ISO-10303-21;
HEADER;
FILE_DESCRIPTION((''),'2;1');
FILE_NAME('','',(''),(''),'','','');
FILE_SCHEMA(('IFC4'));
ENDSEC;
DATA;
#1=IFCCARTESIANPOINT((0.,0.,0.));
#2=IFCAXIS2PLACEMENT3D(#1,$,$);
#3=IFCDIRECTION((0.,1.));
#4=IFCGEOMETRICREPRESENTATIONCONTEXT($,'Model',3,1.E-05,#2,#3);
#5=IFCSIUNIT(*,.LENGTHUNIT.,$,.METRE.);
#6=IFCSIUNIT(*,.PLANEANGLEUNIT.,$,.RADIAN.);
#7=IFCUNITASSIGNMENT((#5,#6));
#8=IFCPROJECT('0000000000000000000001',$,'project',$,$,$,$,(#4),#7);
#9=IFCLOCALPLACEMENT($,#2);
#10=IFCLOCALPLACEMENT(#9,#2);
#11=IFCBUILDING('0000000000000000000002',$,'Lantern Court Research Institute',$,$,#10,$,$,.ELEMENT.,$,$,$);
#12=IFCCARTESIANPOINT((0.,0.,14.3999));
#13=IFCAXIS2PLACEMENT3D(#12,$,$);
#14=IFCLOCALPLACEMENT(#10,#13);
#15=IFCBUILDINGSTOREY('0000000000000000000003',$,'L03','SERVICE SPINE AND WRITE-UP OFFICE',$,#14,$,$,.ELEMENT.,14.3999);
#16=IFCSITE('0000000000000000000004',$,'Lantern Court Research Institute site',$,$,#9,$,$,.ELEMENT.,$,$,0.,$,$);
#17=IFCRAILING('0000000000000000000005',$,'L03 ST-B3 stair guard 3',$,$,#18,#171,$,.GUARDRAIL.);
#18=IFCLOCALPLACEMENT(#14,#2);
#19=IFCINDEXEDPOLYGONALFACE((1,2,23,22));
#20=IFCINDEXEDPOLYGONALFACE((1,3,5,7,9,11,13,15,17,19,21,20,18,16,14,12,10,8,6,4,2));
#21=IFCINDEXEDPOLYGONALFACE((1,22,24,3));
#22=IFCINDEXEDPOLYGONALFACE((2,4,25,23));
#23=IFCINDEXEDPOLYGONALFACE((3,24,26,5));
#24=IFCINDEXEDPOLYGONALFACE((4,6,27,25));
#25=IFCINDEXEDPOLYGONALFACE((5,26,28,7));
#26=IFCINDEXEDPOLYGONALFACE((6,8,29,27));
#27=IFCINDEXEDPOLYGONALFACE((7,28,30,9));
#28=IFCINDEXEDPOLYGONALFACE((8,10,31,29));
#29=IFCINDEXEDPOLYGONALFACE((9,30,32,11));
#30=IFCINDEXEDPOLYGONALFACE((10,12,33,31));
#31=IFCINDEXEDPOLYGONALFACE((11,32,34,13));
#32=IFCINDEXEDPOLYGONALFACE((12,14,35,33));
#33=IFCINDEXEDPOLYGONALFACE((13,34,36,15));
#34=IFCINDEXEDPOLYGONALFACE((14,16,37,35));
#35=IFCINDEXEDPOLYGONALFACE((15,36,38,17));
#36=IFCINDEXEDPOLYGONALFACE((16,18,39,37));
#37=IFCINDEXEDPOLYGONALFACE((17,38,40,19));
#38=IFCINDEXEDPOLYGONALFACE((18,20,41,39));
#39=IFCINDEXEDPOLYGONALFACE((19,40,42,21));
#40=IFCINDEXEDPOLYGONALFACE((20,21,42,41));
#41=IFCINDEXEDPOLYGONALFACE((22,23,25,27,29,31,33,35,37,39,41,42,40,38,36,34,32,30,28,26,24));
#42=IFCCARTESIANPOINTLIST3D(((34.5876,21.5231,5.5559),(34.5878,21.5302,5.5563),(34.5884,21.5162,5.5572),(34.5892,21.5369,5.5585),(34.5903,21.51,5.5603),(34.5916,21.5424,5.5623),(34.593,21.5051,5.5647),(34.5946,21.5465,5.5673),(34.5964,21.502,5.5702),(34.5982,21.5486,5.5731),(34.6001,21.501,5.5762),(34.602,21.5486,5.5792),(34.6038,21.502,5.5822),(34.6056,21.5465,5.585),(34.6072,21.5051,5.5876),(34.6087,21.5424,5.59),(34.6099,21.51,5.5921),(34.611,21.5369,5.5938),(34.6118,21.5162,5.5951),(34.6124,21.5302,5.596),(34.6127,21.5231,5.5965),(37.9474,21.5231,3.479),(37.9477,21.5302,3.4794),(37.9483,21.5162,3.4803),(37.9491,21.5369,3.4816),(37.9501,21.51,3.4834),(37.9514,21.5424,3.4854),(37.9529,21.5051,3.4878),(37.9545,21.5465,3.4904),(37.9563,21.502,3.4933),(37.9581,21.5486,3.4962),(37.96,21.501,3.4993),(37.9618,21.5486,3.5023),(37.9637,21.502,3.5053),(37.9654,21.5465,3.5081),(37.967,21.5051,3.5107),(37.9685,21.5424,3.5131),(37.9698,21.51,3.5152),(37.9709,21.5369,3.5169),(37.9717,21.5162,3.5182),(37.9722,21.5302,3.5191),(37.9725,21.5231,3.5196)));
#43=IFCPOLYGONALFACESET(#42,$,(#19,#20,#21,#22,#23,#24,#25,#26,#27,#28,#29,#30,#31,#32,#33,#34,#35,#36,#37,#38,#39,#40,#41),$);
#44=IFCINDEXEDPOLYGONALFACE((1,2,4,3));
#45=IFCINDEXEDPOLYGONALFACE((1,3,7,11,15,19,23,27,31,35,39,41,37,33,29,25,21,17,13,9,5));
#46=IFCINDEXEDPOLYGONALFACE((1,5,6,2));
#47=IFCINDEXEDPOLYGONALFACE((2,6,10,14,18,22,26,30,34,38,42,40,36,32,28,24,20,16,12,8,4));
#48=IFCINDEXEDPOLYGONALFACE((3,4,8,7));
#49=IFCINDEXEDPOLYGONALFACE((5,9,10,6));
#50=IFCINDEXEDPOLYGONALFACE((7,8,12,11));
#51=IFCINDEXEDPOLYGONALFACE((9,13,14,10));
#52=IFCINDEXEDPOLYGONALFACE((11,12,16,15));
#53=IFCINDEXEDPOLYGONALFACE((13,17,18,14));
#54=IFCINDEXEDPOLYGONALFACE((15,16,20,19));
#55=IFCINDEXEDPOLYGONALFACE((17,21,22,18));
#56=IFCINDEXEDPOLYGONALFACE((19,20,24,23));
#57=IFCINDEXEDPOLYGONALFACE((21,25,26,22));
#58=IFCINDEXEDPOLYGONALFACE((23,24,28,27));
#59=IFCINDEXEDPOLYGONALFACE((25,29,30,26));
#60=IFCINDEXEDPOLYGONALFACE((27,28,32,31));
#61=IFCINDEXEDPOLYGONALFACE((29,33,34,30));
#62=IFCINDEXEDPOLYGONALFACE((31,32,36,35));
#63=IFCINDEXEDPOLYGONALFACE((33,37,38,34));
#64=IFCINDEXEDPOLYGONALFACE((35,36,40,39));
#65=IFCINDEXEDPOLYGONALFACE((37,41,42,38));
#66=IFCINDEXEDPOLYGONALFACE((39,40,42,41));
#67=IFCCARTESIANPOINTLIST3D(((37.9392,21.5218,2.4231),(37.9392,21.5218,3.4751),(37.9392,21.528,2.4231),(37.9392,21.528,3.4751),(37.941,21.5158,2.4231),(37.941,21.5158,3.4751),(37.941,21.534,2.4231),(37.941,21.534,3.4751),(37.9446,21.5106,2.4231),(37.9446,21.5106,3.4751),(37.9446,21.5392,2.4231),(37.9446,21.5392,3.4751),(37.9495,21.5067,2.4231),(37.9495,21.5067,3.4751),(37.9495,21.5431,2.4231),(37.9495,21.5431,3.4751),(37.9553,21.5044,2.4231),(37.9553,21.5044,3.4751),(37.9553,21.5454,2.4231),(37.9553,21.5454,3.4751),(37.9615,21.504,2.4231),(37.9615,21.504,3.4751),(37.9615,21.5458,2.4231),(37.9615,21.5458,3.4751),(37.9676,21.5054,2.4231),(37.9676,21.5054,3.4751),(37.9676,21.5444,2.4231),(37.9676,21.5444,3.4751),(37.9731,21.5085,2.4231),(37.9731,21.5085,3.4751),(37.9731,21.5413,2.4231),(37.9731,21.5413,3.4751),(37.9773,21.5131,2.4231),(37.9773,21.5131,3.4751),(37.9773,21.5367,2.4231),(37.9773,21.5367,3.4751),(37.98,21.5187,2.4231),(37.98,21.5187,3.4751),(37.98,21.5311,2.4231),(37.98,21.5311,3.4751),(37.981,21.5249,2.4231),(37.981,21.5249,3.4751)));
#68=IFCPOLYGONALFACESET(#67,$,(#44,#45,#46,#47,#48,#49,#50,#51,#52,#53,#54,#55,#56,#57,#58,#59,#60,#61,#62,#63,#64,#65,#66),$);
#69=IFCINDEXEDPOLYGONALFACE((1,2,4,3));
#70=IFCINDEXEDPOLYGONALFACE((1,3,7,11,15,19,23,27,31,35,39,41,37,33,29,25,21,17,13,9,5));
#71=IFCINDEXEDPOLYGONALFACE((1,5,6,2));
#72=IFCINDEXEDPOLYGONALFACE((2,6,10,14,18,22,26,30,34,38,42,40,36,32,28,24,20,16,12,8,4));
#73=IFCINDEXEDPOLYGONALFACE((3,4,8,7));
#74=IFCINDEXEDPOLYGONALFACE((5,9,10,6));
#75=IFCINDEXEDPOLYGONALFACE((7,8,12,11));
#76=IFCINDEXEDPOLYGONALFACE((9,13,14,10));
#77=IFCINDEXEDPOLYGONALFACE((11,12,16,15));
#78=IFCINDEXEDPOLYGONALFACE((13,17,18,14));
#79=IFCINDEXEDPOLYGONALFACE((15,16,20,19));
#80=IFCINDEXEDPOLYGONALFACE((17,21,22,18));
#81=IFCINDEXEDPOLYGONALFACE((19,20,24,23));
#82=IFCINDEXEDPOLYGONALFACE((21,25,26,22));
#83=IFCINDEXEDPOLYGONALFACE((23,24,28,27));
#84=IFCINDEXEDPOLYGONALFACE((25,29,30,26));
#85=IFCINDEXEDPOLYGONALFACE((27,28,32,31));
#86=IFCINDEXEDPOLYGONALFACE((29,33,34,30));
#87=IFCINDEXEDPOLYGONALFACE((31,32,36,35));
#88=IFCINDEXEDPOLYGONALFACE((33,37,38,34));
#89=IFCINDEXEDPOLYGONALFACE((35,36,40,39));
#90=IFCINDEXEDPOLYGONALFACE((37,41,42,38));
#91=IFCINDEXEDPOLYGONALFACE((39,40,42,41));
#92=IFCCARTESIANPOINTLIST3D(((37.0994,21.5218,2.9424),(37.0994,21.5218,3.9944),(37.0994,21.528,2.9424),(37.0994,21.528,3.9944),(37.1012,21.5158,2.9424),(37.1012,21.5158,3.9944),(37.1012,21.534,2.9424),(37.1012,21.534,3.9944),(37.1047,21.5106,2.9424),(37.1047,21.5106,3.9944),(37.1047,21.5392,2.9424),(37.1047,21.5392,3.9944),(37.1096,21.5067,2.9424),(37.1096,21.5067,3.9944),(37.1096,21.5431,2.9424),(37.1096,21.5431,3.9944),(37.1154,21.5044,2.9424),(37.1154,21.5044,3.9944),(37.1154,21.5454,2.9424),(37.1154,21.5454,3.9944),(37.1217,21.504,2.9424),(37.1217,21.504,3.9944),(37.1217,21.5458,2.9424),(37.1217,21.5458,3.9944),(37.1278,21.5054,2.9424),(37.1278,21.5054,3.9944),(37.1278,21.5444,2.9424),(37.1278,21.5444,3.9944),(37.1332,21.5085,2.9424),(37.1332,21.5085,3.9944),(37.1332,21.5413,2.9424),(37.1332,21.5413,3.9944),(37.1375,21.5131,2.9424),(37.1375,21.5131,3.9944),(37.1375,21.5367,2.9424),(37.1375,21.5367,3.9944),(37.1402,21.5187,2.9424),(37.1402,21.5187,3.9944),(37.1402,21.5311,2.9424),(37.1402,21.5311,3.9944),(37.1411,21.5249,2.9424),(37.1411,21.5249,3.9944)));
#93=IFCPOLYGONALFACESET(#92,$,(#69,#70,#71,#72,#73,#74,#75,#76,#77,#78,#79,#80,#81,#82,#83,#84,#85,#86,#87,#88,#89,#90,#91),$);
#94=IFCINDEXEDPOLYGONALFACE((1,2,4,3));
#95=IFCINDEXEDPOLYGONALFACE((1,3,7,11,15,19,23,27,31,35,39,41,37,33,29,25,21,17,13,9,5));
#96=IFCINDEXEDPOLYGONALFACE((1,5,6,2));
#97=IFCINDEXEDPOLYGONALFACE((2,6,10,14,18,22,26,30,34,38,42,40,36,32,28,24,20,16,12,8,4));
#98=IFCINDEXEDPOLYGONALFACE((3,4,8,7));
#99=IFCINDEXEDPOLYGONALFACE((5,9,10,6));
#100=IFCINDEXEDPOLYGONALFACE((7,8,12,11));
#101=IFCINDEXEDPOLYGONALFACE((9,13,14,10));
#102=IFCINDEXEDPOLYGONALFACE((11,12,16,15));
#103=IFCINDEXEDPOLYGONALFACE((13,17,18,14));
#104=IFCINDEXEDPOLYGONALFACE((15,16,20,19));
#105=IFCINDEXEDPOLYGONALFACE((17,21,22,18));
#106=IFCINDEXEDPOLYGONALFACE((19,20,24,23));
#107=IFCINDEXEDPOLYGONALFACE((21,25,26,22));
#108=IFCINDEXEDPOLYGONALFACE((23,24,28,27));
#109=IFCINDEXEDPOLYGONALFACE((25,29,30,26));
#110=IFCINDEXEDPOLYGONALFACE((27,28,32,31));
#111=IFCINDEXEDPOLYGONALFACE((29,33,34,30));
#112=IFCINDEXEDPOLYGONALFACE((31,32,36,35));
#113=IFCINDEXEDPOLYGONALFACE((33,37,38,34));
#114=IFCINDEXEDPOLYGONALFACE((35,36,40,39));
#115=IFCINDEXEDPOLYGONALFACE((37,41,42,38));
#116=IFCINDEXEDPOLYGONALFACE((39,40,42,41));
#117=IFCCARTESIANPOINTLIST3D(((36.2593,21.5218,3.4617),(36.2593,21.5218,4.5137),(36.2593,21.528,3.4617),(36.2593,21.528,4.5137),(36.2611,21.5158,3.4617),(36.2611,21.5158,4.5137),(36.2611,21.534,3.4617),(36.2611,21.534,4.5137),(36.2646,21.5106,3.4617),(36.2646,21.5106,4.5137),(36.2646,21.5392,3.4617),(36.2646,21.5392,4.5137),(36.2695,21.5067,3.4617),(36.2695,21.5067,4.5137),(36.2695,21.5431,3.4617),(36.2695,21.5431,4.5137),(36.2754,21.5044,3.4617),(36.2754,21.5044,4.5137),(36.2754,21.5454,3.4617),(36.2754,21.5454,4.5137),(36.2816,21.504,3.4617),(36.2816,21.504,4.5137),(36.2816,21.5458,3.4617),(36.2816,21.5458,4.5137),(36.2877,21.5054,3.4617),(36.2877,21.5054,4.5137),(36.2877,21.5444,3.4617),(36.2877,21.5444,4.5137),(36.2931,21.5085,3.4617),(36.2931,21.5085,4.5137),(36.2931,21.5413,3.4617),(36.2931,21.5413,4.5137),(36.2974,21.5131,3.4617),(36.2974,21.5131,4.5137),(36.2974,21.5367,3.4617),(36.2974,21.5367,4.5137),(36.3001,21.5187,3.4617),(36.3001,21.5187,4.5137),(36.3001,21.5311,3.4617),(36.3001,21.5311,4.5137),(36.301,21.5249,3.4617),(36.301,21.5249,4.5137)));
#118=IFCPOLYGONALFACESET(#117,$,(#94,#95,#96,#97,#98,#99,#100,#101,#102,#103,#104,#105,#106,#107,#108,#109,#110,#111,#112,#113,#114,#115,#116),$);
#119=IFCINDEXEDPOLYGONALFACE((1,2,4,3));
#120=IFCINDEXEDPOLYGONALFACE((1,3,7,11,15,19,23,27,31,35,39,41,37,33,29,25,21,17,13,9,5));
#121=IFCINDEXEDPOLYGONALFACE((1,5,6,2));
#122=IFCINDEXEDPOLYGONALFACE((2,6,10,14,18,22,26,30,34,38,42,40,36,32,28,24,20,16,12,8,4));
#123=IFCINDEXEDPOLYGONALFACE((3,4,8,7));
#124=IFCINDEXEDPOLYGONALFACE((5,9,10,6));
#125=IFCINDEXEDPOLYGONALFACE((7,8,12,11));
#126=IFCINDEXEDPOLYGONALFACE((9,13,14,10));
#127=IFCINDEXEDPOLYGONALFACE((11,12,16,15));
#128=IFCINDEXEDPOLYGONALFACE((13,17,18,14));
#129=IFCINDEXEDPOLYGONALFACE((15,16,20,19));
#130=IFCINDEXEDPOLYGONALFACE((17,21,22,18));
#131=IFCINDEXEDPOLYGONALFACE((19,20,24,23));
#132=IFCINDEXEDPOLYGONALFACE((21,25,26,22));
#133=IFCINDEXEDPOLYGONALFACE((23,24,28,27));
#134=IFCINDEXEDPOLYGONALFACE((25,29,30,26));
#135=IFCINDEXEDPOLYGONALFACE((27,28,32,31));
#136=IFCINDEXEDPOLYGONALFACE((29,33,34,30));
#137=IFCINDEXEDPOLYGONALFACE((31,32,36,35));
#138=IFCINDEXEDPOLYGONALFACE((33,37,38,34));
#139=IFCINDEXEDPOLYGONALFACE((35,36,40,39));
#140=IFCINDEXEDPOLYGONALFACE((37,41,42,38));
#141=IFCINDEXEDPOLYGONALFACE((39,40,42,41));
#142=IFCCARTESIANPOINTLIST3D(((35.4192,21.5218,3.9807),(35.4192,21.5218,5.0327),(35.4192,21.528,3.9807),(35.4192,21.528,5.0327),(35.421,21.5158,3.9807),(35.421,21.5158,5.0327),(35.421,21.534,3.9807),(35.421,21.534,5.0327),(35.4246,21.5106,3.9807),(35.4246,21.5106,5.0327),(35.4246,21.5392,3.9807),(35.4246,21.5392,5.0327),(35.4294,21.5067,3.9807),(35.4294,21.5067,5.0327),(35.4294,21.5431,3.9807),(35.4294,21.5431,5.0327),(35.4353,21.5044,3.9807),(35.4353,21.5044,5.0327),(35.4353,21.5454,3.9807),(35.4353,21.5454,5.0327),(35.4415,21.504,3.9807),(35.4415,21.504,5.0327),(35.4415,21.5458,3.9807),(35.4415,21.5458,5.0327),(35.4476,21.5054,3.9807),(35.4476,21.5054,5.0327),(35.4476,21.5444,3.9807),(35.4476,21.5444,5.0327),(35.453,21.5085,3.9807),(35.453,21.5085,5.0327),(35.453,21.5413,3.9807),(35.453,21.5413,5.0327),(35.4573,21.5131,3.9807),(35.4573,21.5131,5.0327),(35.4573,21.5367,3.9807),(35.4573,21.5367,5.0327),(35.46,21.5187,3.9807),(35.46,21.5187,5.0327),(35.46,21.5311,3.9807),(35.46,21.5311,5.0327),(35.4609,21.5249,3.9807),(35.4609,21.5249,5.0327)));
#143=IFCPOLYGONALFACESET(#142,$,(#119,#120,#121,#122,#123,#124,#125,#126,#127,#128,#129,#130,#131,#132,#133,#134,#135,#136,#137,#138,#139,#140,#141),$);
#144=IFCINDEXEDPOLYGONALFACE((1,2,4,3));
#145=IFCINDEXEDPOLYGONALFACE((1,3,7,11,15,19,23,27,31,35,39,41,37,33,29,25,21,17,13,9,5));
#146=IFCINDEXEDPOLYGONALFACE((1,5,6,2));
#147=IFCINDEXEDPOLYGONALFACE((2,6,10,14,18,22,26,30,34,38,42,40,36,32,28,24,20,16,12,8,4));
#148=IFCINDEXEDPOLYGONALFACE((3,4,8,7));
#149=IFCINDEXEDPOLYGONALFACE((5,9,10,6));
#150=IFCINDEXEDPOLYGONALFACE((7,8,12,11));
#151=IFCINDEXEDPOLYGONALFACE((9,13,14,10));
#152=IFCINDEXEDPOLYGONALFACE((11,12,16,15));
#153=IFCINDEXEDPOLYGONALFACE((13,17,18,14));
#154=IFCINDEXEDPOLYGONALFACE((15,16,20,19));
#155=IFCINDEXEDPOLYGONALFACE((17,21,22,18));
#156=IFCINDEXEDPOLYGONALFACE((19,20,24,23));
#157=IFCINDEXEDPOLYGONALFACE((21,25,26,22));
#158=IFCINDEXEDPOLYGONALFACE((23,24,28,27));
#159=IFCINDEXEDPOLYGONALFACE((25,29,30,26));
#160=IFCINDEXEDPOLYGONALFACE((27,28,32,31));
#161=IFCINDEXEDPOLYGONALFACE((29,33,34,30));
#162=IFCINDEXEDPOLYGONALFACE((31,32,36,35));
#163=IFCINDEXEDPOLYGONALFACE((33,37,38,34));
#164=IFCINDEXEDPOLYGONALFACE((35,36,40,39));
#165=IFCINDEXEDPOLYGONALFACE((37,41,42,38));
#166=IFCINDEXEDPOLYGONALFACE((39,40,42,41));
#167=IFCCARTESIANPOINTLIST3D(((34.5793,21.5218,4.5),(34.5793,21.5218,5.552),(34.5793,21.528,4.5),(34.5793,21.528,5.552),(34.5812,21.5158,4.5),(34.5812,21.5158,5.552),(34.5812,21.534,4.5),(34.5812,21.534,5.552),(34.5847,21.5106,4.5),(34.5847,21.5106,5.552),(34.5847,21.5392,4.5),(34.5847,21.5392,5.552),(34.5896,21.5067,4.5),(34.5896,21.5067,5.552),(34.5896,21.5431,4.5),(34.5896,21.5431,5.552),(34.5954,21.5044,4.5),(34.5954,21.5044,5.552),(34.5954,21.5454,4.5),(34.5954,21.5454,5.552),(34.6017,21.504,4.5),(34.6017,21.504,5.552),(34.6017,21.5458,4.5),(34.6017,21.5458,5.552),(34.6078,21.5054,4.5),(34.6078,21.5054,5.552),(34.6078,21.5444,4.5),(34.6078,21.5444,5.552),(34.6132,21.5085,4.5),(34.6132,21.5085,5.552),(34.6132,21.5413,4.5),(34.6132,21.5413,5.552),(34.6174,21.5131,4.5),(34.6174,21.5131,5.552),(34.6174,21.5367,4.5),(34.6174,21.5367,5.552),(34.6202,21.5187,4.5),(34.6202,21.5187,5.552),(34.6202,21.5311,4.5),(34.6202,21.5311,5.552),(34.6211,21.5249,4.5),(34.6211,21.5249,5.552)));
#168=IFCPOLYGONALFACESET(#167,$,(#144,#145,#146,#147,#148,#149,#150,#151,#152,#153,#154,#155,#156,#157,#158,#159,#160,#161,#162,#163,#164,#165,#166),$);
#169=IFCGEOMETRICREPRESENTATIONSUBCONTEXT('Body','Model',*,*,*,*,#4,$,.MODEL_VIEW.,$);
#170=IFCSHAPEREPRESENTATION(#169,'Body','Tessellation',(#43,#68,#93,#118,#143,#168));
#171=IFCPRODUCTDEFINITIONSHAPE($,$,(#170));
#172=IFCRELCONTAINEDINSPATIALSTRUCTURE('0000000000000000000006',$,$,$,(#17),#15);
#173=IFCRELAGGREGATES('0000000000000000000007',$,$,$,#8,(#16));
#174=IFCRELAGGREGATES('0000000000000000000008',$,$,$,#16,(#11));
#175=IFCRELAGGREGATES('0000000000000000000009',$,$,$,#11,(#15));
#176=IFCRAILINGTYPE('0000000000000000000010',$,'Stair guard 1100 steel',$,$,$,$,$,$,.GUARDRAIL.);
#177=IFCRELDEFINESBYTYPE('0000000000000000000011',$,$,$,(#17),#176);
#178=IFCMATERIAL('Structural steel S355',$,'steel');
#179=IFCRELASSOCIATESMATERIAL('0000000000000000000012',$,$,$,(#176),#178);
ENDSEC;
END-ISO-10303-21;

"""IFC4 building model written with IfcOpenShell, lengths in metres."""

from ifc_helpers import new_model, si_unit, direction, frame, origin, origin_2d, place, context, subcontext, project, spatial, circle, extrude, material, type_object, element, save


model = new_model("IFC4")

# Units and contexts
model_context = context("Model", 3, precision=1e-05, world=origin(), true_north=direction((0.0, 1.0)))
body_context = subcontext(model_context, "Body", "Model", "MODEL_VIEW")
ifc_project = project(units=[si_unit("LENGTHUNIT", "METRE"), si_unit("PLANEANGLEUNIT", "RADIAN")], contexts=[model_context])

# Site, building, storey
site_placement = place(None, origin())
site = spatial("IfcSite", under=ifc_project, at=site_placement, Name="Lantern Court Research Institute site", CompositionType="ELEMENT", RefElevation=0.0)
building_placement = place(site_placement, origin())
building = spatial("IfcBuilding", under=site, at=building_placement, Name="Lantern Court Research Institute", CompositionType="ELEMENT")
storey_placement = place(building_placement, frame((0.0, 0.0, 14.3999)))
storey = spatial("IfcBuildingStorey", under=building, at=storey_placement, Name="L03", Description="SERVICE SPINE AND WRITE-UP OFFICE", CompositionType="ELEMENT", Elevation=14.3999)

# Railing
ifc_material_1 = material(Name="Structural steel S355", Category="steel")
railing_type_1 = type_object("IfcRailingType", Name="Stair guard 1100 steel", PredefinedType="GUARDRAIL", material=ifc_material_1)
railing_1_placement = place(storey_placement, frame((37.96, 21.5249, 2.4231)))
element("IfcRailing", 1, at=railing_1_placement, inside=storey, type_object=railing_type_1, Name="L03 ST-B3 stair guard 3", PredefinedType="GUARDRAIL", context=body_context, shape_type="SweptSolid", body=[
    extrude(circle(Radius=0.0239, at=origin_2d()), frame((0.0, 0.0, 1.0762), z_axis=(-0.850606, 0.0, 0.525803), x_axis=(0.0, -1.0, 0.0)), (0.0, 0.0, 1.0), 3.95),
    extrude(circle(Radius=0.021, at=origin_2d()), origin(), (0.0, 0.0, 1.0), 1.052),
    extrude(circle(Radius=0.021, at=origin_2d()), frame((-0.8398, 0.0, 0.5193)), (0.0, 0.0, 1.0), 1.052),
    extrude(circle(Radius=0.021, at=origin_2d()), frame((-1.6799, 0.0, 1.0386)), (0.0, 0.0, 1.0), 1.052),
    extrude(circle(Radius=0.021, at=origin_2d()), frame((-2.52, 0.0, 1.5576)), (0.0, 0.0, 1.0), 1.052),
    extrude(circle(Radius=0.021, at=origin_2d()), frame((-3.3599, 0.0, 2.0769)), (0.0, 0.0, 1.0), 1.052),
])

save(model, "model.ifc")
